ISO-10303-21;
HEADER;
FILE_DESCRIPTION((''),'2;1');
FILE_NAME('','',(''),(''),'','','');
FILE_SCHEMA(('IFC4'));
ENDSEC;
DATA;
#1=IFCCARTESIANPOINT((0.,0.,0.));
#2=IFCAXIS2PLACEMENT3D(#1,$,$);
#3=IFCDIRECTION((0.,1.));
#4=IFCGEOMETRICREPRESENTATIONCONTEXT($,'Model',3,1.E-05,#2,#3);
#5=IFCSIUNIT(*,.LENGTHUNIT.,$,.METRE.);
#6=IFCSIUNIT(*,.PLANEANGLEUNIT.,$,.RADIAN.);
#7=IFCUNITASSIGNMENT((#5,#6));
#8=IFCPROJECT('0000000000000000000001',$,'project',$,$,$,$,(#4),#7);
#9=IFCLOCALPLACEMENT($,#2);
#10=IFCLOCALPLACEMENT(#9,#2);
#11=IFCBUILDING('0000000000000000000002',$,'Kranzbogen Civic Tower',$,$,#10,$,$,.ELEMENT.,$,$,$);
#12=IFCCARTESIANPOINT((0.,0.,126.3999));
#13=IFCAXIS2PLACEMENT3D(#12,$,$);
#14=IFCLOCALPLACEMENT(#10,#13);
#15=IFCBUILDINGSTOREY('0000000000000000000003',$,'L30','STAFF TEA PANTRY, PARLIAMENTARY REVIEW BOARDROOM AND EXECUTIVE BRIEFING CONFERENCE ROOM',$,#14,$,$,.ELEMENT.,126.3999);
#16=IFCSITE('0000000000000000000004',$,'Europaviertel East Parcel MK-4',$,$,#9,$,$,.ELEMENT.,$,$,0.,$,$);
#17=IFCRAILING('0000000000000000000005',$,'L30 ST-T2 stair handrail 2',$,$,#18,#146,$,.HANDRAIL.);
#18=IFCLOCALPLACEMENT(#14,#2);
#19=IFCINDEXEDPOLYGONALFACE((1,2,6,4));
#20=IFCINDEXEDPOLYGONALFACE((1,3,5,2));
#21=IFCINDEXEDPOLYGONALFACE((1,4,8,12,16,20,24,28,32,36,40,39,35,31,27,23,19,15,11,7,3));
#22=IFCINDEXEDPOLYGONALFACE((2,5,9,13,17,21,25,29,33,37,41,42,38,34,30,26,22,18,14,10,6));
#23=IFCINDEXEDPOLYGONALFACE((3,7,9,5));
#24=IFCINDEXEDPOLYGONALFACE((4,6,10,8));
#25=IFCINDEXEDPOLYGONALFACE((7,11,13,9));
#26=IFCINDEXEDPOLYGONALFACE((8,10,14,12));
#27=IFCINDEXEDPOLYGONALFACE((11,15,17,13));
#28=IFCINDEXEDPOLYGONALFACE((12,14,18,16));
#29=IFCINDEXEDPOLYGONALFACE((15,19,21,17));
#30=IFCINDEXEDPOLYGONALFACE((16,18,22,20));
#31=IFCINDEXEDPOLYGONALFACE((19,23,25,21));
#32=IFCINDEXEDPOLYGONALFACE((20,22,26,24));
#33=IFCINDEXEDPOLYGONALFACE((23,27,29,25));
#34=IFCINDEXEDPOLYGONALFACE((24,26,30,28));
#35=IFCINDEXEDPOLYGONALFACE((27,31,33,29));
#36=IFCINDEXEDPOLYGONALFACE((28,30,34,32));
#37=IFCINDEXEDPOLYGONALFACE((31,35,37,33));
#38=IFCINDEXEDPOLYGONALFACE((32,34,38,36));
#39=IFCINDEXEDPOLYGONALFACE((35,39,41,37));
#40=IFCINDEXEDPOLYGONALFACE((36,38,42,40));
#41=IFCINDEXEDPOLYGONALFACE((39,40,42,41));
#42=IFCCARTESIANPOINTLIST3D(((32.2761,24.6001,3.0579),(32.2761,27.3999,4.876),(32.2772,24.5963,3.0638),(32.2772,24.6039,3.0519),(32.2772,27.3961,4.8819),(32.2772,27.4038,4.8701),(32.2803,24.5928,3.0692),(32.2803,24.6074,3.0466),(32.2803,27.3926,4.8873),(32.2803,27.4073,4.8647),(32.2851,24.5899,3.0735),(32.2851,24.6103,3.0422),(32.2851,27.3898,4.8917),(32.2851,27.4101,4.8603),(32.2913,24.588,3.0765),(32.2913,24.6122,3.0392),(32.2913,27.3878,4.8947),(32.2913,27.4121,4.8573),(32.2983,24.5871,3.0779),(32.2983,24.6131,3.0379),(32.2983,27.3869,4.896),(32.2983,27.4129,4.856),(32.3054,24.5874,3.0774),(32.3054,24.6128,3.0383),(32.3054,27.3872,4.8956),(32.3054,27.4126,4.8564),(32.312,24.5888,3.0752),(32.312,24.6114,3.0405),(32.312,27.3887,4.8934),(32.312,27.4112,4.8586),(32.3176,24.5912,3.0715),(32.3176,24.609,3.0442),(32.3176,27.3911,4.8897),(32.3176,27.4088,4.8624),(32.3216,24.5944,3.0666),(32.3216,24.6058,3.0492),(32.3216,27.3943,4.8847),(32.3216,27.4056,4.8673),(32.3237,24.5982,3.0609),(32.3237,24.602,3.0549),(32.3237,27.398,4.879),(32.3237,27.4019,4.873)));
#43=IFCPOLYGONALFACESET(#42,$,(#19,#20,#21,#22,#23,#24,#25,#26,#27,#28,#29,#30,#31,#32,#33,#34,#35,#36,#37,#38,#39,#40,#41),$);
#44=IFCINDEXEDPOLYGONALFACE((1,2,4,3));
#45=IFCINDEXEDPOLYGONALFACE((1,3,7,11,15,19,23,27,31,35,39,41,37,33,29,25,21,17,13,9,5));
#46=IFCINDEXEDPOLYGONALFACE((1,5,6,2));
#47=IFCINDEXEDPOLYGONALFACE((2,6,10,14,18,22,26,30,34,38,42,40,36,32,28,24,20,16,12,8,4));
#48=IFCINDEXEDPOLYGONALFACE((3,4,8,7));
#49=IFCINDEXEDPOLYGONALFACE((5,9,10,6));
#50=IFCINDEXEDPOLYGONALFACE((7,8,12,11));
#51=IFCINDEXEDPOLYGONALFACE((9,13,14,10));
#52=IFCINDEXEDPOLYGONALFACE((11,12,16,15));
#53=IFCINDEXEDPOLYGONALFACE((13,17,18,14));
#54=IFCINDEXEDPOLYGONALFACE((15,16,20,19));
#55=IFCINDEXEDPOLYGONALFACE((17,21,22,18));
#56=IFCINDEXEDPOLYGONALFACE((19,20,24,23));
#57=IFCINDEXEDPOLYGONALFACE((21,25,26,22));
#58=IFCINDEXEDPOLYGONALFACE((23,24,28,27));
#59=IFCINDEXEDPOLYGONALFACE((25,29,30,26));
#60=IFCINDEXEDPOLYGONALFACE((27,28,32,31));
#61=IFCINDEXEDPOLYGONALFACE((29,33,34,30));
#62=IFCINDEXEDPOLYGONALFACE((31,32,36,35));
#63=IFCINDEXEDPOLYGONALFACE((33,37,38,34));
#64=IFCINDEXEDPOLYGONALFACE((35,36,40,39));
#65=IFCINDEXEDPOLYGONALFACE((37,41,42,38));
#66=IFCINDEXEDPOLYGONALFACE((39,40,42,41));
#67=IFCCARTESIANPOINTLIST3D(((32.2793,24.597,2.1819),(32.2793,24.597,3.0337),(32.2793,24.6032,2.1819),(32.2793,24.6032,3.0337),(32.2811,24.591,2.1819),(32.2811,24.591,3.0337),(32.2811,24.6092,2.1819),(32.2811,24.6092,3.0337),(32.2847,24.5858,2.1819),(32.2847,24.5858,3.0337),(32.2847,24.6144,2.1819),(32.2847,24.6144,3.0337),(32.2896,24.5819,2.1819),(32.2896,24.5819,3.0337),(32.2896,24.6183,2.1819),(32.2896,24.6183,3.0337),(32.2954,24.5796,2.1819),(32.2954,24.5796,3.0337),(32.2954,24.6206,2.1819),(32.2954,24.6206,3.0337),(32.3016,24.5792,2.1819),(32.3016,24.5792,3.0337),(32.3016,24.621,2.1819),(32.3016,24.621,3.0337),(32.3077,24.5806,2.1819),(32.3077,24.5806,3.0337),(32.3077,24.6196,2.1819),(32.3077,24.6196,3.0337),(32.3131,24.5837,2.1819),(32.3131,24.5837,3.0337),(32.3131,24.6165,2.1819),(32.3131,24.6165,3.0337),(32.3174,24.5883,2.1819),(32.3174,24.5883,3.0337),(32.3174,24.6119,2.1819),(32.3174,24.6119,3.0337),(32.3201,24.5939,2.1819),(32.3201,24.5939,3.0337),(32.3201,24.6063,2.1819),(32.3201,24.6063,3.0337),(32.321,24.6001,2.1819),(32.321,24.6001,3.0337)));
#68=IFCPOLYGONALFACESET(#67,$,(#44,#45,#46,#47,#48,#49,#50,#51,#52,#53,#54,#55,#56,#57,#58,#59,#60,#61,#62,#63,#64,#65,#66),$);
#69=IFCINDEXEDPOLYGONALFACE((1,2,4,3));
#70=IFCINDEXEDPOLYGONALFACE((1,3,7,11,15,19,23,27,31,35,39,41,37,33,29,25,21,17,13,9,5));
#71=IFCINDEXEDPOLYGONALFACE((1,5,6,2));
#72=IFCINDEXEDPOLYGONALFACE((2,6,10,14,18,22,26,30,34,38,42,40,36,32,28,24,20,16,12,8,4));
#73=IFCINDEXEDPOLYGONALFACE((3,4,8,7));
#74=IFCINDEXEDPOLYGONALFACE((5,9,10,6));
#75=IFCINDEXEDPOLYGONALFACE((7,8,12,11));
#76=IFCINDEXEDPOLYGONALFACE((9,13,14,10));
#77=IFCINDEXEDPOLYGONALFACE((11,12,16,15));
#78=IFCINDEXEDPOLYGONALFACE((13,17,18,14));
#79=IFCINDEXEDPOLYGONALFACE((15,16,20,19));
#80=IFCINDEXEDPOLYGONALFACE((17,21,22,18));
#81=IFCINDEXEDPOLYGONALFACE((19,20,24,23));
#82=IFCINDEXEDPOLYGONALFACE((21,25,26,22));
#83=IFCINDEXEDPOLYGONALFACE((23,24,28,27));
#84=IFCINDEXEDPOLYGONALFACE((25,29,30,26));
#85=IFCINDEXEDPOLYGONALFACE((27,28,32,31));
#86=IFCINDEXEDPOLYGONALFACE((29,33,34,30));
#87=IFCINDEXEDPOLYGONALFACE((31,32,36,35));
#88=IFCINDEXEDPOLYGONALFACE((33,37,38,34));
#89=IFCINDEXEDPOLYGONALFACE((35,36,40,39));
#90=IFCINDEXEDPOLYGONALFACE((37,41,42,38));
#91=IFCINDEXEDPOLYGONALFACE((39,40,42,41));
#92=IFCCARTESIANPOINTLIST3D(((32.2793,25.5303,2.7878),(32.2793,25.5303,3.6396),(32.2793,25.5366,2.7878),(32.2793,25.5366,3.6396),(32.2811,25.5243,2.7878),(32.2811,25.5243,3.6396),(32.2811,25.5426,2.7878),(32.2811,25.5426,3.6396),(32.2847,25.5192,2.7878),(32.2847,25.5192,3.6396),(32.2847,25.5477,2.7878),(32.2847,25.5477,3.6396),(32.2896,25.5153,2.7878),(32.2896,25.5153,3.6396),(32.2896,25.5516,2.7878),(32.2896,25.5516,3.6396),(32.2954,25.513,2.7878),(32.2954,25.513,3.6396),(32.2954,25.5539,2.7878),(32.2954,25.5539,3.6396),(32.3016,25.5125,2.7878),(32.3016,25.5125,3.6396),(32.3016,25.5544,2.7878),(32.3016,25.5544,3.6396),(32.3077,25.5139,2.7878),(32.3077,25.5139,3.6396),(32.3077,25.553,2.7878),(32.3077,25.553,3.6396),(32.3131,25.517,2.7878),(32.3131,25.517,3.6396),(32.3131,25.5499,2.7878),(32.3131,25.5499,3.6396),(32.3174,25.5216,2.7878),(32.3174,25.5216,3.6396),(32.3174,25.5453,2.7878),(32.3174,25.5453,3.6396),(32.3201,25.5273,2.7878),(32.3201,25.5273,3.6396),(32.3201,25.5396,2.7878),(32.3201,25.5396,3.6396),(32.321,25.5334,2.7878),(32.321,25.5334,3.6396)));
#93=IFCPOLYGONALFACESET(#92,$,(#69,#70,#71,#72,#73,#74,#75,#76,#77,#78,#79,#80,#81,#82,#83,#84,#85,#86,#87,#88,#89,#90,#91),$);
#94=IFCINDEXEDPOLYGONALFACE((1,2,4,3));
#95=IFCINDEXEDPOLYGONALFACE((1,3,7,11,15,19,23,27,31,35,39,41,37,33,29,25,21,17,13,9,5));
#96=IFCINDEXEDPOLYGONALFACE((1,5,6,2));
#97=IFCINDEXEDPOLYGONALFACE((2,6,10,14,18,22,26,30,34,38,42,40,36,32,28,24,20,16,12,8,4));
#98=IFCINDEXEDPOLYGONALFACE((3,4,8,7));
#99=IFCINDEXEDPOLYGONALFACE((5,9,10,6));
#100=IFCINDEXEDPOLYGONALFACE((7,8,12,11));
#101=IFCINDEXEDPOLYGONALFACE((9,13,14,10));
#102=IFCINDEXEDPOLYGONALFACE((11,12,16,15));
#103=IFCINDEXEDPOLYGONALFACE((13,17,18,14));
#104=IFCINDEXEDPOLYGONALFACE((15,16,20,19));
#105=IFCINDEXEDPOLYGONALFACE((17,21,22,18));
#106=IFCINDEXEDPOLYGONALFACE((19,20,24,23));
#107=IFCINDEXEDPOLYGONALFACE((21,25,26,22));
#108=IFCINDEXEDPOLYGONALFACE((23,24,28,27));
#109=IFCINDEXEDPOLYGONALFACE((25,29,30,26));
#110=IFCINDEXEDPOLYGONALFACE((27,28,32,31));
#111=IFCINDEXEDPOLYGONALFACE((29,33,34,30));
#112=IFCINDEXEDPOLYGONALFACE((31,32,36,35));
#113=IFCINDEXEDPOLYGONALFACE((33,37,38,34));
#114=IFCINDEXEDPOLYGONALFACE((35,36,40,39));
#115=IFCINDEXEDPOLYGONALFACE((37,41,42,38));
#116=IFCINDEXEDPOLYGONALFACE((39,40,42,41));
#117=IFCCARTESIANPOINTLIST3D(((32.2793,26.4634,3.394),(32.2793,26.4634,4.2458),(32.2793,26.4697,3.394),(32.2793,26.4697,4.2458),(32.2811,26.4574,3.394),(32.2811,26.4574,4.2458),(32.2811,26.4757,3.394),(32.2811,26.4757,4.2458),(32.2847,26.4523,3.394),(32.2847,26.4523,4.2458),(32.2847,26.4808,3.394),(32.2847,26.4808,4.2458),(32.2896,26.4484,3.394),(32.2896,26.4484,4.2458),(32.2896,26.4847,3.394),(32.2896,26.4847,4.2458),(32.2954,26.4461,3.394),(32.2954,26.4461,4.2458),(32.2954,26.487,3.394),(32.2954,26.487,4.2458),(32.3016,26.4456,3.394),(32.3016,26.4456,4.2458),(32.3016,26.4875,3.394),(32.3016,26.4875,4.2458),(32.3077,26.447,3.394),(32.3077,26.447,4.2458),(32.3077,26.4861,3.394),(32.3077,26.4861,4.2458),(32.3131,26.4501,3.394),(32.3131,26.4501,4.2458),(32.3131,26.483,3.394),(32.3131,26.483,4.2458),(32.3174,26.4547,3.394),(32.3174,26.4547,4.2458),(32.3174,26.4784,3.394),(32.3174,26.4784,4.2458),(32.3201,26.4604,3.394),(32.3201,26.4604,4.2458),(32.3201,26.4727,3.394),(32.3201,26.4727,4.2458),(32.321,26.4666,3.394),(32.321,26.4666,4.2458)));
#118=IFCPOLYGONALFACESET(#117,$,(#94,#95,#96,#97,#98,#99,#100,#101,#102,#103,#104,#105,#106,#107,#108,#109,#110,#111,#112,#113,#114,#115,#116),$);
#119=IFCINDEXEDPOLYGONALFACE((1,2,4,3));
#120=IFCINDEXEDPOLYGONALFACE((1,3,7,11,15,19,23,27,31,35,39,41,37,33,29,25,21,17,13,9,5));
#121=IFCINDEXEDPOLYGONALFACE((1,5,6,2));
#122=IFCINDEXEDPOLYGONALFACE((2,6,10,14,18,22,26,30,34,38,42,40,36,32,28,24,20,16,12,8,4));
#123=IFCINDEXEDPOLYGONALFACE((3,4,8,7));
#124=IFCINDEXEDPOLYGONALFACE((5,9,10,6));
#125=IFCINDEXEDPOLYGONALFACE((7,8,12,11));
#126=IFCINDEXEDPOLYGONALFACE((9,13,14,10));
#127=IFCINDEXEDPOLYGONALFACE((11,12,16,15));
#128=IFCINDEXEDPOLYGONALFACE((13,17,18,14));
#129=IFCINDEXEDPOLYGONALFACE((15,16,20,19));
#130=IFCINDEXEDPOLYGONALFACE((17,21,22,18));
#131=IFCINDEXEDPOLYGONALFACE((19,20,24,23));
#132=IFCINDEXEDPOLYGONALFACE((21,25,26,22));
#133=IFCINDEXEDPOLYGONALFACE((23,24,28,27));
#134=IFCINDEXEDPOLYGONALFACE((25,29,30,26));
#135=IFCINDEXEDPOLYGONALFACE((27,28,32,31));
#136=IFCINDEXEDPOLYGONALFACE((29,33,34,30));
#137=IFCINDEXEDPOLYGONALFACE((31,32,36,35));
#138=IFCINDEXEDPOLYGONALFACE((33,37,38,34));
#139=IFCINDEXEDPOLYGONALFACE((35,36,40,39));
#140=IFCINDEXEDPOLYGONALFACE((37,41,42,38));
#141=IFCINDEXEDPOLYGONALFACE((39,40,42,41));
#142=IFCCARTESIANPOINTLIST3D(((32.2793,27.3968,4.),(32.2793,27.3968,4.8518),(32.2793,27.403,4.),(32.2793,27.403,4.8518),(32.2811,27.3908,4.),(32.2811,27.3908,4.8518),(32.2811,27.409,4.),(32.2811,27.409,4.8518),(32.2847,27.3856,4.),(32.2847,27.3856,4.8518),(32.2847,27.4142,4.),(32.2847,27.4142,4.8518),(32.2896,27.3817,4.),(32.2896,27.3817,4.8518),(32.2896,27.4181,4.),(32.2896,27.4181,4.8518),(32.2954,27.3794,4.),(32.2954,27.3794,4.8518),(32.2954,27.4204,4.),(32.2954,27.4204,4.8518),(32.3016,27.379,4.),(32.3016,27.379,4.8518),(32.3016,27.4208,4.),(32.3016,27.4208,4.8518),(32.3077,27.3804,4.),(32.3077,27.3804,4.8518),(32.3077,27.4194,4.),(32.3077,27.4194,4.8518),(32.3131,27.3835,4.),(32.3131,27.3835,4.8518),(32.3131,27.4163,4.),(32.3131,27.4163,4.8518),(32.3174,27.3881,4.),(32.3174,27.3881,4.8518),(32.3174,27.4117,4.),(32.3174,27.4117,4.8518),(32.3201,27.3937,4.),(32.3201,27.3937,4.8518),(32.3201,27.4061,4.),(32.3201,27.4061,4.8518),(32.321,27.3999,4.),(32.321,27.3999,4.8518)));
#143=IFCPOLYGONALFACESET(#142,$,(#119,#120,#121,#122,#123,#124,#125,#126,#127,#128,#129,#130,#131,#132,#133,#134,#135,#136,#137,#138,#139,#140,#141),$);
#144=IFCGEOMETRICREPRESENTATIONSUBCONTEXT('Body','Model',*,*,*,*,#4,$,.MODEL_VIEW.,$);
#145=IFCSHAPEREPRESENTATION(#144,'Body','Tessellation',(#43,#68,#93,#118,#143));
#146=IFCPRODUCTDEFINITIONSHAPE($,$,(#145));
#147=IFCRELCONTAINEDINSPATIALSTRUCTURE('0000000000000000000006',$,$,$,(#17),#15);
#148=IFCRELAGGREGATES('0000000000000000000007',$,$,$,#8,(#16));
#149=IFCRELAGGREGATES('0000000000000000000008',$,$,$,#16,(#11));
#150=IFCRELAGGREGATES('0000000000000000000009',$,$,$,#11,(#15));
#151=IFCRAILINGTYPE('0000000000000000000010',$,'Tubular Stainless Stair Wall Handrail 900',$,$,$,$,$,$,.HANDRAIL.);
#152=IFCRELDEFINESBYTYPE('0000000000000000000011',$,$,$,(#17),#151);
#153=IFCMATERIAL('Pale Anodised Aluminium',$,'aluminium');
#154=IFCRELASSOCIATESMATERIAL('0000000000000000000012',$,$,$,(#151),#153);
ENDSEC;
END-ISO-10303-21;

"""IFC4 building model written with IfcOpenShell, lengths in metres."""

from ifc_helpers import new_model, si_unit, direction, frame, origin, origin_2d, place, context, subcontext, project, spatial, circle, extrude, material, type_object, element, save


model = new_model("IFC4")

# Units and contexts
model_context = context("Model", 3, precision=1e-05, world=origin(), true_north=direction((0.0, 1.0)))
body_context = subcontext(model_context, "Body", "Model", "MODEL_VIEW")
ifc_project = project(units=[si_unit("LENGTHUNIT", "METRE"), si_unit("PLANEANGLEUNIT", "RADIAN")], contexts=[model_context])

# Site, building, storey
site_placement = place(None, origin())
site = spatial("IfcSite", under=ifc_project, at=site_placement, Name="Europaviertel East Parcel MK-4", CompositionType="ELEMENT", RefElevation=0.0)
building_placement = place(site_placement, origin())
building = spatial("IfcBuilding", under=site, at=building_placement, Name="Kranzbogen Civic Tower", CompositionType="ELEMENT")
storey_placement = place(building_placement, frame((0.0, 0.0, 126.3999)))
storey = spatial("IfcBuildingStorey", under=building, at=storey_placement, Name="L30", Description="STAFF TEA PANTRY, PARLIAMENTARY REVIEW BOARDROOM AND EXECUTIVE BRIEFING CONFERENCE ROOM", CompositionType="ELEMENT", Elevation=126.3999)

# Shared definitions
ifc_material_1 = material(Name="Pale Anodised Aluminium", Category="aluminium")

# Railing
railing_type_1 = type_object("IfcRailingType", Name="Tubular Stainless Stair Wall Handrail 900", PredefinedType="HANDRAIL", material=ifc_material_1)
railing_1_placement = place(storey_placement, frame((32.3, 24.6001, 2.1819)))
element("IfcRailing", 1, at=railing_1_placement, inside=storey, type_object=railing_type_1, Name="L30 ST-T2 stair handrail 2", PredefinedType="HANDRAIL", context=body_context, shape_type="SweptSolid", body=[
    extrude(circle(Radius=0.0239, at=origin_2d()), frame((0.0, 0.0, 0.876), z_axis=(0.0, 0.838684, 0.544618), x_axis=(-1.0, 0.0, 0.0)), (0.0, 0.0, 1.0), 3.3384),
    extrude(circle(Radius=0.021, at=origin_2d()), origin(), (0.0, 0.0, 1.0), 0.8518),
    extrude(circle(Radius=0.021, at=origin_2d()), frame((0.0, 0.9333, 0.606)), (0.0, 0.0, 1.0), 0.8518),
    extrude(circle(Radius=0.021, at=origin_2d()), frame((0.0, 1.8665, 1.2122)), (0.0, 0.0, 1.0), 0.8518),
    extrude(circle(Radius=0.021, at=origin_2d()), frame((0.0, 2.7998, 1.8181)), (0.0, 0.0, 1.0), 0.8518),
])

save(model, "model.ifc")
